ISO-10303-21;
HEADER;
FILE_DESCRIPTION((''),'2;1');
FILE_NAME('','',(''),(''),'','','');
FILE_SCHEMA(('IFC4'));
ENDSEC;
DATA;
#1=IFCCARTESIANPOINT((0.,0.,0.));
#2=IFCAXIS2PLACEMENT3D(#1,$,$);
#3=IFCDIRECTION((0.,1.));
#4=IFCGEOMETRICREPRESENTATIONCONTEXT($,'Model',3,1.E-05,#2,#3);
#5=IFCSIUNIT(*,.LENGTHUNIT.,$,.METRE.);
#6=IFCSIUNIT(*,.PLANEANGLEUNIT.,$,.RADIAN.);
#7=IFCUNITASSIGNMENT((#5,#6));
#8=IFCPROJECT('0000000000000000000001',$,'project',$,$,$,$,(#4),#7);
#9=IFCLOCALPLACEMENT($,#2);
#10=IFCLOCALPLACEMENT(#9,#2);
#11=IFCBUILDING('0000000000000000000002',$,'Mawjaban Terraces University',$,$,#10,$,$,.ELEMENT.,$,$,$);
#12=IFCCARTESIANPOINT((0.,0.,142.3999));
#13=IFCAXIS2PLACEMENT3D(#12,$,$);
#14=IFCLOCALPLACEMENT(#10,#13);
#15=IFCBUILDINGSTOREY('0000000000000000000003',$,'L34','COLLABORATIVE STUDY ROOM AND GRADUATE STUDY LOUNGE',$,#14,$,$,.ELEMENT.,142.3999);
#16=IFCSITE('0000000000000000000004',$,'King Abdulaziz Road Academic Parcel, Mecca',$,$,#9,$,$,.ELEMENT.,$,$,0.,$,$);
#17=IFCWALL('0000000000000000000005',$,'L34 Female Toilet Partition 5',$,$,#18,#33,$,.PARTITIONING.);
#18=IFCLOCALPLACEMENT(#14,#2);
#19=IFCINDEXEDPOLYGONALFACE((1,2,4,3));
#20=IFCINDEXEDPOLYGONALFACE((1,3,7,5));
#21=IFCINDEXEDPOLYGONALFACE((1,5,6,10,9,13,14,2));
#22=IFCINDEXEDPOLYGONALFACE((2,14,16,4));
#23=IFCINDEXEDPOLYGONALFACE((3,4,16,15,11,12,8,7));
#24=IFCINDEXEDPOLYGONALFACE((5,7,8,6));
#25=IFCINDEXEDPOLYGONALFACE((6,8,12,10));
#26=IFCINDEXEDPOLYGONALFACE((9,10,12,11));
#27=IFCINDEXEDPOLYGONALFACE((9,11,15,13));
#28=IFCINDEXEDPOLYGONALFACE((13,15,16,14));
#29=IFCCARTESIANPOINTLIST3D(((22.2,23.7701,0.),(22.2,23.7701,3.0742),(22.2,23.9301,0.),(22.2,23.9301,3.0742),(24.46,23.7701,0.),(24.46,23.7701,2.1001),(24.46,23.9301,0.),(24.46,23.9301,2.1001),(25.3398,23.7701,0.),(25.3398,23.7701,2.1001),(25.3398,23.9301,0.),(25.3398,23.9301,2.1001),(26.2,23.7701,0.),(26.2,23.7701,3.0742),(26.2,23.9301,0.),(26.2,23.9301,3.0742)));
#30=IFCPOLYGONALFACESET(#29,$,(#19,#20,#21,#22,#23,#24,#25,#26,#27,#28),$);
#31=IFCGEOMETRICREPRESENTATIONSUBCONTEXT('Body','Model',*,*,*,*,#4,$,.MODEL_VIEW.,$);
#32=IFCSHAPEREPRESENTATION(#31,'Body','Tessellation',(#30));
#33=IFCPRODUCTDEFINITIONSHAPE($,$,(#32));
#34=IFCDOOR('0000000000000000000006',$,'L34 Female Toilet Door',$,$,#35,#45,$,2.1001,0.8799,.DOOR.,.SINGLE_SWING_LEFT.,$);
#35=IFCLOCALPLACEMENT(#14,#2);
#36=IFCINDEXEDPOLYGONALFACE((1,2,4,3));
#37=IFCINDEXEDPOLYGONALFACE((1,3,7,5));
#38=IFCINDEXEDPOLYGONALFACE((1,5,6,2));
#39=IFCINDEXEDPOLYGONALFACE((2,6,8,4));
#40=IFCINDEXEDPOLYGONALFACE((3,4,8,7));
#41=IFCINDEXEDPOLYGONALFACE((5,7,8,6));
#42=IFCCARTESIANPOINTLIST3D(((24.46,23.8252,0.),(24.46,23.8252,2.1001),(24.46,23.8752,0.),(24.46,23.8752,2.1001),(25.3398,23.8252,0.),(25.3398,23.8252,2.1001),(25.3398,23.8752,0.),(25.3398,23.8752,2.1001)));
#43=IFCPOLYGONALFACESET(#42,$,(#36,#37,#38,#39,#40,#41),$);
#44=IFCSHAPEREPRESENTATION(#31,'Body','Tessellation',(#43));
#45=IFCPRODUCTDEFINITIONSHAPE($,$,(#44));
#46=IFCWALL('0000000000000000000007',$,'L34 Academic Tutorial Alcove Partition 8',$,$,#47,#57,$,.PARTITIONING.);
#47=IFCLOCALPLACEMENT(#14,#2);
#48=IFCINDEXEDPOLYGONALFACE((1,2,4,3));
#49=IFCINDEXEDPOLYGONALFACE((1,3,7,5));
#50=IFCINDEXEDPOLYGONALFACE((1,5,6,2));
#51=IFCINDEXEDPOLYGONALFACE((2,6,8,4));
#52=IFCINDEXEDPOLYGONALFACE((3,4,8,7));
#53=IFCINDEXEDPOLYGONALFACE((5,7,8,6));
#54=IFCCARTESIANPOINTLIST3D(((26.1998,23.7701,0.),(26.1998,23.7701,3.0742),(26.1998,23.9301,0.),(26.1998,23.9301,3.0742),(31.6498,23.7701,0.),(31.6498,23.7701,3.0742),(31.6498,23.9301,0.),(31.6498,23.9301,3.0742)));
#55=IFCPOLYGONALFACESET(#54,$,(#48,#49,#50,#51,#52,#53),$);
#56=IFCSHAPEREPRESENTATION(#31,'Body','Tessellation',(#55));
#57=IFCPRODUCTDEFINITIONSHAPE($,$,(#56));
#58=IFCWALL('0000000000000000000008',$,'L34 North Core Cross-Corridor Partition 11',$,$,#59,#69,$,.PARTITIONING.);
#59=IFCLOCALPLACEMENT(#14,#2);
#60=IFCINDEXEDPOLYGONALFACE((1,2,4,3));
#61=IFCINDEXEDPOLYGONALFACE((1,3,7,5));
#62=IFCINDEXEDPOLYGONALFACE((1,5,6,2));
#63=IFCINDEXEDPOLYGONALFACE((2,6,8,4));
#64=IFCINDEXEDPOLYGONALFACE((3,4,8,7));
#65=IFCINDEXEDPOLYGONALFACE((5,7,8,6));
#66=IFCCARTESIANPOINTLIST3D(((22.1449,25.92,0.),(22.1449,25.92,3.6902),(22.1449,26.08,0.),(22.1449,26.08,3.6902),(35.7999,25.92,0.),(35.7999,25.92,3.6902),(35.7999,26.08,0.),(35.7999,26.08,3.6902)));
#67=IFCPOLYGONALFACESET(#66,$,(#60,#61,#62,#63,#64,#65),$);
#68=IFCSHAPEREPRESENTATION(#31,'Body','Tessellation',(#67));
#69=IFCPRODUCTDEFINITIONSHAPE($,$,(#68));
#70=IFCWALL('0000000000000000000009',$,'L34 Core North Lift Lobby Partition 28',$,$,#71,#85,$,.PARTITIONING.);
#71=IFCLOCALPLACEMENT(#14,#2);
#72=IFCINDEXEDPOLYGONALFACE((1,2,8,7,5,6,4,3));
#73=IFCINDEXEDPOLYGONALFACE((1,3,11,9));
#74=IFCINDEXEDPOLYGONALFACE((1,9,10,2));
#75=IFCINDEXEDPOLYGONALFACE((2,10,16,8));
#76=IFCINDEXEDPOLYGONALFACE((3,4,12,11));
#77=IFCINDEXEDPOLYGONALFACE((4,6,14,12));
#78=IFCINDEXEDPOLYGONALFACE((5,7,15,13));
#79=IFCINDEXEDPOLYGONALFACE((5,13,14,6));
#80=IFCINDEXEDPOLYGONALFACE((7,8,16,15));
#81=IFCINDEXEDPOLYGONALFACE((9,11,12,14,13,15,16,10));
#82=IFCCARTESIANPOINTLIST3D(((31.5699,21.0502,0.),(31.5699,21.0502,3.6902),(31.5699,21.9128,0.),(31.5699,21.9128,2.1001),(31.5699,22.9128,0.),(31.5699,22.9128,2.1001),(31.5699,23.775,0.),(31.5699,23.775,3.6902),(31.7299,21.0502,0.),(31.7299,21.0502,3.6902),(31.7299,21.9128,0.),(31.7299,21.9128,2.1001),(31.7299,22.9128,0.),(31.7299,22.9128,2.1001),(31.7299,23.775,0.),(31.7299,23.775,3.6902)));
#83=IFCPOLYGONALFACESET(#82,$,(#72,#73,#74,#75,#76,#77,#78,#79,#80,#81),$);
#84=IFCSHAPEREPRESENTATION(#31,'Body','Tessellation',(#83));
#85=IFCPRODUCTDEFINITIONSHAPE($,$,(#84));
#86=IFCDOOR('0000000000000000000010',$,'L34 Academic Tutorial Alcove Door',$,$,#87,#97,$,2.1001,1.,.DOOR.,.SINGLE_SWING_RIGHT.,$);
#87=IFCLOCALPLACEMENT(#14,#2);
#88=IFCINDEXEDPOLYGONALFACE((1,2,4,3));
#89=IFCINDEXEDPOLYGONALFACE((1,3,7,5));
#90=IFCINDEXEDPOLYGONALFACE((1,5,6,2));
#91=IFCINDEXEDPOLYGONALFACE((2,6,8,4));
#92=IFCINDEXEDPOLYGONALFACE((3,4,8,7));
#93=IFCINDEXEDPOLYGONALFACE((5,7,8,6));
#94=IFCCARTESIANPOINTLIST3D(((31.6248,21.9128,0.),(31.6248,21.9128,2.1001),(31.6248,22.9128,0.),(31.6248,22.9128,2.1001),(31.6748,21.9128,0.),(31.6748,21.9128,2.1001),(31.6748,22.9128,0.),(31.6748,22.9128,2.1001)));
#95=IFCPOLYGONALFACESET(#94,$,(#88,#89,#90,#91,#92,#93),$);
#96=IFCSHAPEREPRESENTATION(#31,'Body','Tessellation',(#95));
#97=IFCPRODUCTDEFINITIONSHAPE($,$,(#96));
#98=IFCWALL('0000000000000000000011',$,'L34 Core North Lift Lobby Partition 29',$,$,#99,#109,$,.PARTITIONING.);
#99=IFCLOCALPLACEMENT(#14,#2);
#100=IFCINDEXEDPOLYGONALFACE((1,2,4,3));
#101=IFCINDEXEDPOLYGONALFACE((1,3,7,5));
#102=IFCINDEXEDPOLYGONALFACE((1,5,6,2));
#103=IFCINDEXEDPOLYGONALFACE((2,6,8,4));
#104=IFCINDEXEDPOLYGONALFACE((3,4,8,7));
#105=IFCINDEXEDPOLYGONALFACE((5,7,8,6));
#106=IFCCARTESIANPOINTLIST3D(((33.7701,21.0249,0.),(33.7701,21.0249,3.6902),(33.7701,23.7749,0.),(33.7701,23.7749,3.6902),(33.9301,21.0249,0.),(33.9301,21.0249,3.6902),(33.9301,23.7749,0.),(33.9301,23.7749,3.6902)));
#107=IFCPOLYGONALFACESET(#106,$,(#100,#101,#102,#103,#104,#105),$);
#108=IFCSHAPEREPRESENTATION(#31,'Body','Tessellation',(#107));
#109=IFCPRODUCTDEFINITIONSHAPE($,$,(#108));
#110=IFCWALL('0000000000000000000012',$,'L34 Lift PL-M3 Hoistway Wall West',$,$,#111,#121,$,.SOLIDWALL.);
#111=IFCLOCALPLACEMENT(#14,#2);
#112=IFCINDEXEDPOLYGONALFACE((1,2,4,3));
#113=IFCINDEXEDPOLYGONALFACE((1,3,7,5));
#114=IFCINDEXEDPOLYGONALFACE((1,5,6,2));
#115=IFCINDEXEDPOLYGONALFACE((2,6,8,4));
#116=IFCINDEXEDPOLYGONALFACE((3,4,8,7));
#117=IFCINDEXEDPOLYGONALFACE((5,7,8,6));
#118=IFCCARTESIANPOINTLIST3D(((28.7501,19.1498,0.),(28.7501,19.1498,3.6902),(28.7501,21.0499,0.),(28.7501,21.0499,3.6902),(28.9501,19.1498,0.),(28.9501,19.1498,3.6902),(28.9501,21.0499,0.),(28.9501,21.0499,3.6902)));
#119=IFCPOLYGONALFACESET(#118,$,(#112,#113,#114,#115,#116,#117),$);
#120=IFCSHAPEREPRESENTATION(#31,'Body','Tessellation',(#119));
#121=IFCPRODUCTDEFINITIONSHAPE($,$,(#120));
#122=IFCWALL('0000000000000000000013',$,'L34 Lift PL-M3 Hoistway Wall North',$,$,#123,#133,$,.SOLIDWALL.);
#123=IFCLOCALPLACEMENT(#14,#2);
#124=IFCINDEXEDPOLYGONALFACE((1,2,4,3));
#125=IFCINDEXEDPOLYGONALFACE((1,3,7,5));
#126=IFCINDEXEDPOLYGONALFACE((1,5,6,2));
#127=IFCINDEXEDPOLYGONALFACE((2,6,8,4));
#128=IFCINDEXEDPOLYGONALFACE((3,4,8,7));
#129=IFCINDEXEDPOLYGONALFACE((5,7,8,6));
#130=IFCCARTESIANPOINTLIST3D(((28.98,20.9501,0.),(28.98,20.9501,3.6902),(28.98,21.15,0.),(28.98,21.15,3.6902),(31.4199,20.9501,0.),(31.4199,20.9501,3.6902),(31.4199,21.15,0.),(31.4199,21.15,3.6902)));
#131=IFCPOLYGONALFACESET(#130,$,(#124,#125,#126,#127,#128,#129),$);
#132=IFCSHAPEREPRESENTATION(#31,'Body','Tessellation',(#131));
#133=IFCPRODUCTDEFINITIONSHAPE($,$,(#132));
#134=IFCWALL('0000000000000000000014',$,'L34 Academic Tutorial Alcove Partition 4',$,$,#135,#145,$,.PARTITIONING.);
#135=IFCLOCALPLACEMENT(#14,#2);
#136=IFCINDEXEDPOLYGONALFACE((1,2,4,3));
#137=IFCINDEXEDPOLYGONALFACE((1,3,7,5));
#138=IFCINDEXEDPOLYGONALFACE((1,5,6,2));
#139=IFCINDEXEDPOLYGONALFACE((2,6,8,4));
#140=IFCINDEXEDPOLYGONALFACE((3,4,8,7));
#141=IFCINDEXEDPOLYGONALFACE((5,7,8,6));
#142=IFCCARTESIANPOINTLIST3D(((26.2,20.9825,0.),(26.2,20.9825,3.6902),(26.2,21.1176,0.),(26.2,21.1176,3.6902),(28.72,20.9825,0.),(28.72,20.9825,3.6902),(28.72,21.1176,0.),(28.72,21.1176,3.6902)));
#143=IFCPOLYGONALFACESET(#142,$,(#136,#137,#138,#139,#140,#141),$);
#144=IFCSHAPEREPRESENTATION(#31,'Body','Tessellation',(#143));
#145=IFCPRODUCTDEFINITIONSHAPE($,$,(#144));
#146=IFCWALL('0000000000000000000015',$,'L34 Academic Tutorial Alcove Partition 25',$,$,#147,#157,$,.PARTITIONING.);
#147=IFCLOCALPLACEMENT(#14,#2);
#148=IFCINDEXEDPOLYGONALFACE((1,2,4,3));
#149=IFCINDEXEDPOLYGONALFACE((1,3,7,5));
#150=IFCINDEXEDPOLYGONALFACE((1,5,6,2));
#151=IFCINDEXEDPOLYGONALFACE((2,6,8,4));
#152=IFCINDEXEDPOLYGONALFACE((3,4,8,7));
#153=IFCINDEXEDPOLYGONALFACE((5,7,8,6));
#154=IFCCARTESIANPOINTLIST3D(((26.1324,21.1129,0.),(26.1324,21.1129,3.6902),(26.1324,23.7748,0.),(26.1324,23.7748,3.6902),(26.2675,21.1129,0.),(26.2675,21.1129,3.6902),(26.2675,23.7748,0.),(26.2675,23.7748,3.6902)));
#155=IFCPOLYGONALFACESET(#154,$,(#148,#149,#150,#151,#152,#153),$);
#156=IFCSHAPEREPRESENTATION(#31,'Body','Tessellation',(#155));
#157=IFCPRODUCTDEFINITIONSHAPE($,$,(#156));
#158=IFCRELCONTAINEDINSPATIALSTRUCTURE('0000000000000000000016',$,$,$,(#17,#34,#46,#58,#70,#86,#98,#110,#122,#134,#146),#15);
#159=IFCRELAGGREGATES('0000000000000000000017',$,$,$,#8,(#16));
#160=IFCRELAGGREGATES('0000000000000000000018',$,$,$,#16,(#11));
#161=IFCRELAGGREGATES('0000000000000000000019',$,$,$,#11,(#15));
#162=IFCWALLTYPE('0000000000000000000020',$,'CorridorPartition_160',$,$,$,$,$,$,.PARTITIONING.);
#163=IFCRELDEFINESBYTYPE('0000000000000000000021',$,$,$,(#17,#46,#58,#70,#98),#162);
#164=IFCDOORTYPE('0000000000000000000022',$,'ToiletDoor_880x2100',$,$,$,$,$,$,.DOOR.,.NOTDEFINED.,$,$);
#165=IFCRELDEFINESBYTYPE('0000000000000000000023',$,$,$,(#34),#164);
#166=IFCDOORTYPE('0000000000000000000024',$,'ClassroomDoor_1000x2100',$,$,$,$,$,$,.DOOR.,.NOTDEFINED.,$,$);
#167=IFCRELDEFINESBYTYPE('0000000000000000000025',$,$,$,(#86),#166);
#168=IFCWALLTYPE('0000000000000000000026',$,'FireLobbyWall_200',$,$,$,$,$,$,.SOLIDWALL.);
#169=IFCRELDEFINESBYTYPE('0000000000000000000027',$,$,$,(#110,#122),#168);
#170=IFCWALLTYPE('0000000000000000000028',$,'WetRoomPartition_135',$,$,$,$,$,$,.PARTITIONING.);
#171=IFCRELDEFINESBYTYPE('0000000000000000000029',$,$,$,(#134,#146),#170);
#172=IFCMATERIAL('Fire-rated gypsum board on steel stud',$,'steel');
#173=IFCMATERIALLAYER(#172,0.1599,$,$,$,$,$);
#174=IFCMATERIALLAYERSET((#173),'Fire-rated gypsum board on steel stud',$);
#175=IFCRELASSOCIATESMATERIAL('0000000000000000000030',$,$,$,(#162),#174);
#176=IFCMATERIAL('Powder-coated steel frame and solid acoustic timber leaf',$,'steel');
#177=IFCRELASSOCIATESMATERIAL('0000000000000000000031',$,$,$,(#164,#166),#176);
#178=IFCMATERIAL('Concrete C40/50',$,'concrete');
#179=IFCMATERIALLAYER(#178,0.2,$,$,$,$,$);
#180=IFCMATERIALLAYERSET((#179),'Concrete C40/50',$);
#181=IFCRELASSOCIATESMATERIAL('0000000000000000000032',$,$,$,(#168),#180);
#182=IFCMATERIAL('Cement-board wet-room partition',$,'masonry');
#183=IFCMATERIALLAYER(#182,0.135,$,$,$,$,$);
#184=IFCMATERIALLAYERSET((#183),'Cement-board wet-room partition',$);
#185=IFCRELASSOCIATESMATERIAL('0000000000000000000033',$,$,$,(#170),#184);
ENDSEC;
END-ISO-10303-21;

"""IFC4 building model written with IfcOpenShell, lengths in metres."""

from ifc_helpers import new_model, si_unit, direction, frame, frame_2d, origin, place, context, subcontext, project, spatial, rectangle, extrude, material, layer, layer_set, type_object, element, fill, save


model = new_model("IFC4")

# Units and contexts
model_context = context("Model", 3, precision=1e-05, world=origin(), true_north=direction((0.0, 1.0)))
body_context = subcontext(model_context, "Body", "Model", "MODEL_VIEW")
ifc_project = project(units=[si_unit("LENGTHUNIT", "METRE"), si_unit("PLANEANGLEUNIT", "RADIAN")], contexts=[model_context])

# Site, building, storey
site_placement = place(None, origin())
site = spatial("IfcSite", under=ifc_project, at=site_placement, Name="King Abdulaziz Road Academic Parcel, Mecca", CompositionType="ELEMENT", RefElevation=0.0)
building_placement = place(site_placement, origin())
building = spatial("IfcBuilding", under=site, at=building_placement, Name="Mawjaban Terraces University", CompositionType="ELEMENT")
storey_placement = place(building_placement, frame((0.0, 0.0, 142.3999)))
storey = spatial("IfcBuildingStorey", under=building, at=storey_placement, Name="L34", Description="COLLABORATIVE STUDY ROOM AND GRADUATE STUDY LOUNGE", CompositionType="ELEMENT", Elevation=142.3999)

# Wall, opening, door
ifc_material_1 = material(Name="Fire-rated gypsum board on steel stud", Category="steel")
ifc_layer_1 = layer(ifc_material_1, 0.1599)
ifc_layer_set_1 = layer_set([ifc_layer_1], Name="Fire-rated gypsum board on steel stud")
wall_type_1 = type_object("IfcWallType", Name="CorridorPartition_160", PredefinedType="PARTITIONING", material=ifc_layer_set_1)
wall_1_placement = place(storey_placement, frame((26.2, 23.8501, 0.0), z_axis=(0.0, 0.0, 1.0), x_axis=(-1.0, 0.0, 0.0)))
wall_1 = element("IfcWall", 1, at=wall_1_placement, inside=storey, type_object=wall_type_1, Name="L34 Female Toilet Partition 5", PredefinedType="PARTITIONING", context=body_context, shape_type="SweptSolid", body=[
    extrude(rectangle(XDim=4.0, YDim=0.1599, at=frame_2d((2.0, 0.0))), origin(), (0.0, 0.0, 1.0), 3.0742),
])
opening_1_placement = place(wall_1_placement, frame((0.8601, 0.0, 0.0)))
opening_1 = element("IfcOpeningElement", 2, at=opening_1_placement, cuts=wall_1, PredefinedType="OPENING", context=body_context, shape_type="SweptSolid", body=[
    extrude(rectangle(XDim=0.8799, YDim=2.1001, at=frame_2d((0.4399, 1.05))), frame((0.0, 0.0898, 0.0), z_axis=(0.0, -1.0, 0.0), x_axis=(1.0, 0.0, 0.0)), (0.0, 0.0, 1.0), 0.1799),
])
ifc_material_2 = material(Name="Powder-coated steel frame and solid acoustic timber leaf", Category="steel")
door_type_1 = type_object("IfcDoorType", Name="ToiletDoor_880x2100", OperationType="NOTDEFINED", PredefinedType="DOOR", material=ifc_material_2)
door_1_placement = place(opening_1_placement, origin())
door_1 = element("IfcDoor", 3, at=door_1_placement, inside=storey, type_object=door_type_1, Name="L34 Female Toilet Door", OperationType="SINGLE_SWING_LEFT", OverallHeight=2.1001, OverallWidth=0.8799, PredefinedType="DOOR", context=body_context, shape_type="SweptSolid", body=[
    extrude(rectangle(XDim=0.8799, YDim=2.1001, at=frame_2d((0.4399, 1.05))), frame((0.0, 0.0249, 0.0), z_axis=(0.0, -1.0, 0.0), x_axis=(1.0, 0.0, 0.0)), (0.0, 0.0, 1.0), 0.05),
])
fill(opening_1, door_1)

# Walls
wall_2_placement = place(storey_placement, frame((31.6499, 23.8501, 0.0), z_axis=(0.0, 0.0, 1.0), x_axis=(-1.0, 0.0, 0.0)))
element("IfcWall", 4, at=wall_2_placement, inside=storey, type_object=wall_type_1, Name="L34 Academic Tutorial Alcove Partition 8", PredefinedType="PARTITIONING", context=body_context, shape_type="SweptSolid", body=[
    extrude(rectangle(XDim=5.45, YDim=0.1599, at=frame_2d((2.7251, 0.0))), origin(), (0.0, 0.0, 1.0), 3.0742),
])
wall_3_placement = place(storey_placement, frame((35.8, 26.0, 0.0), z_axis=(0.0, 0.0, 1.0), x_axis=(-1.0, 0.0, 0.0)))
element("IfcWall", 5, at=wall_3_placement, inside=storey, type_object=wall_type_1, Name="L34 North Core Cross-Corridor Partition 11", PredefinedType="PARTITIONING", context=body_context, shape_type="SweptSolid", body=[
    extrude(rectangle(XDim=13.655, YDim=0.1599, at=frame_2d((6.8276, 0.0))), origin(), (0.0, 0.0, 1.0), 3.6902),
])

# Wall, opening, door
wall_4_placement = place(storey_placement, frame((31.6499, 23.7749, 0.0), z_axis=(0.0, 0.0, 1.0), x_axis=(0.0, -1.0, 0.0)))
wall_4 = element("IfcWall", 6, at=wall_4_placement, inside=storey, type_object=wall_type_1, Name="L34 Core North Lift Lobby Partition 28", PredefinedType="PARTITIONING", context=body_context, shape_type="SweptSolid", body=[
    extrude(rectangle(XDim=2.7249, YDim=0.1599, at=frame_2d((1.3623, 0.0))), origin(), (0.0, 0.0, 1.0), 3.6902),
])
opening_2_placement = place(wall_4_placement, frame((0.8621, 0.0, 0.0)))
opening_2 = element("IfcOpeningElement", 7, at=opening_2_placement, cuts=wall_4, PredefinedType="OPENING", context=body_context, shape_type="SweptSolid", body=[
    extrude(rectangle(XDim=1.0, YDim=2.1001, at=frame_2d((0.5, 1.05))), frame((0.0, 0.0898, 0.0), z_axis=(0.0, -1.0, 0.0), x_axis=(1.0, 0.0, 0.0)), (0.0, 0.0, 1.0), 0.1799),
])
door_type_2 = type_object("IfcDoorType", Name="ClassroomDoor_1000x2100", OperationType="NOTDEFINED", PredefinedType="DOOR", material=ifc_material_2)
door_2_placement = place(opening_2_placement, origin())
door_2 = element("IfcDoor", 8, at=door_2_placement, inside=storey, type_object=door_type_2, Name="L34 Academic Tutorial Alcove Door", OperationType="SINGLE_SWING_RIGHT", OverallHeight=2.1001, OverallWidth=1.0, PredefinedType="DOOR", context=body_context, shape_type="SweptSolid", body=[
    extrude(rectangle(XDim=1.0, YDim=2.1001, at=frame_2d((0.5, 1.05))), frame((0.0, 0.0249, 0.0), z_axis=(0.0, -1.0, 0.0), x_axis=(1.0, 0.0, 0.0)), (0.0, 0.0, 1.0), 0.05),
])
fill(opening_2, door_2)

# Walls
wall_5_placement = place(storey_placement, frame((33.8501, 21.0249, 0.0), z_axis=(0.0, 0.0, 1.0), x_axis=(0.0, 1.0, 0.0)))
element("IfcWall", 9, at=wall_5_placement, inside=storey, type_object=wall_type_1, Name="L34 Core North Lift Lobby Partition 29", PredefinedType="PARTITIONING", context=body_context, shape_type="SweptSolid", body=[
    extrude(rectangle(XDim=2.75, YDim=0.1599, at=frame_2d((1.375, 0.0))), origin(), (0.0, 0.0, 1.0), 3.6902),
])
ifc_material_3 = material(Name="Concrete C40/50", Category="concrete")
ifc_layer_2 = layer(ifc_material_3, 0.2)
ifc_layer_set_2 = layer_set([ifc_layer_2], Name="Concrete C40/50")
wall_type_2 = type_object("IfcWallType", Name="FireLobbyWall_200", PredefinedType="SOLIDWALL", material=ifc_layer_set_2)
wall_6_placement = place(storey_placement, frame((28.8501, 21.05, 0.0), z_axis=(0.0, 0.0, 1.0), x_axis=(0.0, -1.0, 0.0)))
element("IfcWall", 10, at=wall_6_placement, inside=storey, type_object=wall_type_2, Name="L34 Lift PL-M3 Hoistway Wall West", PredefinedType="SOLIDWALL", context=body_context, shape_type="SweptSolid", body=[
    extrude(rectangle(XDim=1.9001, YDim=0.2, at=frame_2d((0.9502, 0.0))), origin(), (0.0, 0.0, 1.0), 3.6902),
])
wall_7_placement = place(storey_placement, frame((31.4199, 21.05, 0.0), z_axis=(0.0, 0.0, 1.0), x_axis=(-1.0, 0.0, 0.0)))
element("IfcWall", 11, at=wall_7_placement, inside=storey, type_object=wall_type_2, Name="L34 Lift PL-M3 Hoistway Wall North", PredefinedType="SOLIDWALL", context=body_context, shape_type="SweptSolid", body=[
    extrude(rectangle(XDim=2.4399, YDim=0.2, at=frame_2d((1.22, 0.0))), origin(), (0.0, 0.0, 1.0), 3.6902),
])
ifc_material_4 = material(Name="Cement-board wet-room partition", Category="masonry")
ifc_layer_3 = layer(ifc_material_4, 0.135)
ifc_layer_set_3 = layer_set([ifc_layer_3], Name="Cement-board wet-room partition")
wall_type_3 = type_object("IfcWallType", Name="WetRoomPartition_135", PredefinedType="PARTITIONING", material=ifc_layer_set_3)
wall_8_placement = place(storey_placement, frame((26.2, 21.05, 0.0), z_axis=(0.0, 0.0, 1.0), x_axis=(1.0, 0.0, 0.0)))
element("IfcWall", 12, at=wall_8_placement, inside=storey, type_object=wall_type_3, Name="L34 Academic Tutorial Alcove Partition 4", PredefinedType="PARTITIONING", context=body_context, shape_type="SweptSolid", body=[
    extrude(rectangle(XDim=2.52, YDim=0.135, at=frame_2d((1.26, 0.0))), origin(), (0.0, 0.0, 1.0), 3.6902),
])
wall_9_placement = place(storey_placement, frame((26.2, 23.7749, 0.0), z_axis=(0.0, 0.0, 1.0), x_axis=(0.0, -1.0, 0.0)))
element("IfcWall", 13, at=wall_9_placement, inside=storey, type_object=wall_type_3, Name="L34 Academic Tutorial Alcove Partition 25", PredefinedType="PARTITIONING", context=body_context, shape_type="SweptSolid", body=[
    extrude(rectangle(XDim=2.6619, YDim=0.135, at=frame_2d((1.3311, 0.0))), origin(), (0.0, 0.0, 1.0), 3.6902),
])

save(model, "model.ifc")
